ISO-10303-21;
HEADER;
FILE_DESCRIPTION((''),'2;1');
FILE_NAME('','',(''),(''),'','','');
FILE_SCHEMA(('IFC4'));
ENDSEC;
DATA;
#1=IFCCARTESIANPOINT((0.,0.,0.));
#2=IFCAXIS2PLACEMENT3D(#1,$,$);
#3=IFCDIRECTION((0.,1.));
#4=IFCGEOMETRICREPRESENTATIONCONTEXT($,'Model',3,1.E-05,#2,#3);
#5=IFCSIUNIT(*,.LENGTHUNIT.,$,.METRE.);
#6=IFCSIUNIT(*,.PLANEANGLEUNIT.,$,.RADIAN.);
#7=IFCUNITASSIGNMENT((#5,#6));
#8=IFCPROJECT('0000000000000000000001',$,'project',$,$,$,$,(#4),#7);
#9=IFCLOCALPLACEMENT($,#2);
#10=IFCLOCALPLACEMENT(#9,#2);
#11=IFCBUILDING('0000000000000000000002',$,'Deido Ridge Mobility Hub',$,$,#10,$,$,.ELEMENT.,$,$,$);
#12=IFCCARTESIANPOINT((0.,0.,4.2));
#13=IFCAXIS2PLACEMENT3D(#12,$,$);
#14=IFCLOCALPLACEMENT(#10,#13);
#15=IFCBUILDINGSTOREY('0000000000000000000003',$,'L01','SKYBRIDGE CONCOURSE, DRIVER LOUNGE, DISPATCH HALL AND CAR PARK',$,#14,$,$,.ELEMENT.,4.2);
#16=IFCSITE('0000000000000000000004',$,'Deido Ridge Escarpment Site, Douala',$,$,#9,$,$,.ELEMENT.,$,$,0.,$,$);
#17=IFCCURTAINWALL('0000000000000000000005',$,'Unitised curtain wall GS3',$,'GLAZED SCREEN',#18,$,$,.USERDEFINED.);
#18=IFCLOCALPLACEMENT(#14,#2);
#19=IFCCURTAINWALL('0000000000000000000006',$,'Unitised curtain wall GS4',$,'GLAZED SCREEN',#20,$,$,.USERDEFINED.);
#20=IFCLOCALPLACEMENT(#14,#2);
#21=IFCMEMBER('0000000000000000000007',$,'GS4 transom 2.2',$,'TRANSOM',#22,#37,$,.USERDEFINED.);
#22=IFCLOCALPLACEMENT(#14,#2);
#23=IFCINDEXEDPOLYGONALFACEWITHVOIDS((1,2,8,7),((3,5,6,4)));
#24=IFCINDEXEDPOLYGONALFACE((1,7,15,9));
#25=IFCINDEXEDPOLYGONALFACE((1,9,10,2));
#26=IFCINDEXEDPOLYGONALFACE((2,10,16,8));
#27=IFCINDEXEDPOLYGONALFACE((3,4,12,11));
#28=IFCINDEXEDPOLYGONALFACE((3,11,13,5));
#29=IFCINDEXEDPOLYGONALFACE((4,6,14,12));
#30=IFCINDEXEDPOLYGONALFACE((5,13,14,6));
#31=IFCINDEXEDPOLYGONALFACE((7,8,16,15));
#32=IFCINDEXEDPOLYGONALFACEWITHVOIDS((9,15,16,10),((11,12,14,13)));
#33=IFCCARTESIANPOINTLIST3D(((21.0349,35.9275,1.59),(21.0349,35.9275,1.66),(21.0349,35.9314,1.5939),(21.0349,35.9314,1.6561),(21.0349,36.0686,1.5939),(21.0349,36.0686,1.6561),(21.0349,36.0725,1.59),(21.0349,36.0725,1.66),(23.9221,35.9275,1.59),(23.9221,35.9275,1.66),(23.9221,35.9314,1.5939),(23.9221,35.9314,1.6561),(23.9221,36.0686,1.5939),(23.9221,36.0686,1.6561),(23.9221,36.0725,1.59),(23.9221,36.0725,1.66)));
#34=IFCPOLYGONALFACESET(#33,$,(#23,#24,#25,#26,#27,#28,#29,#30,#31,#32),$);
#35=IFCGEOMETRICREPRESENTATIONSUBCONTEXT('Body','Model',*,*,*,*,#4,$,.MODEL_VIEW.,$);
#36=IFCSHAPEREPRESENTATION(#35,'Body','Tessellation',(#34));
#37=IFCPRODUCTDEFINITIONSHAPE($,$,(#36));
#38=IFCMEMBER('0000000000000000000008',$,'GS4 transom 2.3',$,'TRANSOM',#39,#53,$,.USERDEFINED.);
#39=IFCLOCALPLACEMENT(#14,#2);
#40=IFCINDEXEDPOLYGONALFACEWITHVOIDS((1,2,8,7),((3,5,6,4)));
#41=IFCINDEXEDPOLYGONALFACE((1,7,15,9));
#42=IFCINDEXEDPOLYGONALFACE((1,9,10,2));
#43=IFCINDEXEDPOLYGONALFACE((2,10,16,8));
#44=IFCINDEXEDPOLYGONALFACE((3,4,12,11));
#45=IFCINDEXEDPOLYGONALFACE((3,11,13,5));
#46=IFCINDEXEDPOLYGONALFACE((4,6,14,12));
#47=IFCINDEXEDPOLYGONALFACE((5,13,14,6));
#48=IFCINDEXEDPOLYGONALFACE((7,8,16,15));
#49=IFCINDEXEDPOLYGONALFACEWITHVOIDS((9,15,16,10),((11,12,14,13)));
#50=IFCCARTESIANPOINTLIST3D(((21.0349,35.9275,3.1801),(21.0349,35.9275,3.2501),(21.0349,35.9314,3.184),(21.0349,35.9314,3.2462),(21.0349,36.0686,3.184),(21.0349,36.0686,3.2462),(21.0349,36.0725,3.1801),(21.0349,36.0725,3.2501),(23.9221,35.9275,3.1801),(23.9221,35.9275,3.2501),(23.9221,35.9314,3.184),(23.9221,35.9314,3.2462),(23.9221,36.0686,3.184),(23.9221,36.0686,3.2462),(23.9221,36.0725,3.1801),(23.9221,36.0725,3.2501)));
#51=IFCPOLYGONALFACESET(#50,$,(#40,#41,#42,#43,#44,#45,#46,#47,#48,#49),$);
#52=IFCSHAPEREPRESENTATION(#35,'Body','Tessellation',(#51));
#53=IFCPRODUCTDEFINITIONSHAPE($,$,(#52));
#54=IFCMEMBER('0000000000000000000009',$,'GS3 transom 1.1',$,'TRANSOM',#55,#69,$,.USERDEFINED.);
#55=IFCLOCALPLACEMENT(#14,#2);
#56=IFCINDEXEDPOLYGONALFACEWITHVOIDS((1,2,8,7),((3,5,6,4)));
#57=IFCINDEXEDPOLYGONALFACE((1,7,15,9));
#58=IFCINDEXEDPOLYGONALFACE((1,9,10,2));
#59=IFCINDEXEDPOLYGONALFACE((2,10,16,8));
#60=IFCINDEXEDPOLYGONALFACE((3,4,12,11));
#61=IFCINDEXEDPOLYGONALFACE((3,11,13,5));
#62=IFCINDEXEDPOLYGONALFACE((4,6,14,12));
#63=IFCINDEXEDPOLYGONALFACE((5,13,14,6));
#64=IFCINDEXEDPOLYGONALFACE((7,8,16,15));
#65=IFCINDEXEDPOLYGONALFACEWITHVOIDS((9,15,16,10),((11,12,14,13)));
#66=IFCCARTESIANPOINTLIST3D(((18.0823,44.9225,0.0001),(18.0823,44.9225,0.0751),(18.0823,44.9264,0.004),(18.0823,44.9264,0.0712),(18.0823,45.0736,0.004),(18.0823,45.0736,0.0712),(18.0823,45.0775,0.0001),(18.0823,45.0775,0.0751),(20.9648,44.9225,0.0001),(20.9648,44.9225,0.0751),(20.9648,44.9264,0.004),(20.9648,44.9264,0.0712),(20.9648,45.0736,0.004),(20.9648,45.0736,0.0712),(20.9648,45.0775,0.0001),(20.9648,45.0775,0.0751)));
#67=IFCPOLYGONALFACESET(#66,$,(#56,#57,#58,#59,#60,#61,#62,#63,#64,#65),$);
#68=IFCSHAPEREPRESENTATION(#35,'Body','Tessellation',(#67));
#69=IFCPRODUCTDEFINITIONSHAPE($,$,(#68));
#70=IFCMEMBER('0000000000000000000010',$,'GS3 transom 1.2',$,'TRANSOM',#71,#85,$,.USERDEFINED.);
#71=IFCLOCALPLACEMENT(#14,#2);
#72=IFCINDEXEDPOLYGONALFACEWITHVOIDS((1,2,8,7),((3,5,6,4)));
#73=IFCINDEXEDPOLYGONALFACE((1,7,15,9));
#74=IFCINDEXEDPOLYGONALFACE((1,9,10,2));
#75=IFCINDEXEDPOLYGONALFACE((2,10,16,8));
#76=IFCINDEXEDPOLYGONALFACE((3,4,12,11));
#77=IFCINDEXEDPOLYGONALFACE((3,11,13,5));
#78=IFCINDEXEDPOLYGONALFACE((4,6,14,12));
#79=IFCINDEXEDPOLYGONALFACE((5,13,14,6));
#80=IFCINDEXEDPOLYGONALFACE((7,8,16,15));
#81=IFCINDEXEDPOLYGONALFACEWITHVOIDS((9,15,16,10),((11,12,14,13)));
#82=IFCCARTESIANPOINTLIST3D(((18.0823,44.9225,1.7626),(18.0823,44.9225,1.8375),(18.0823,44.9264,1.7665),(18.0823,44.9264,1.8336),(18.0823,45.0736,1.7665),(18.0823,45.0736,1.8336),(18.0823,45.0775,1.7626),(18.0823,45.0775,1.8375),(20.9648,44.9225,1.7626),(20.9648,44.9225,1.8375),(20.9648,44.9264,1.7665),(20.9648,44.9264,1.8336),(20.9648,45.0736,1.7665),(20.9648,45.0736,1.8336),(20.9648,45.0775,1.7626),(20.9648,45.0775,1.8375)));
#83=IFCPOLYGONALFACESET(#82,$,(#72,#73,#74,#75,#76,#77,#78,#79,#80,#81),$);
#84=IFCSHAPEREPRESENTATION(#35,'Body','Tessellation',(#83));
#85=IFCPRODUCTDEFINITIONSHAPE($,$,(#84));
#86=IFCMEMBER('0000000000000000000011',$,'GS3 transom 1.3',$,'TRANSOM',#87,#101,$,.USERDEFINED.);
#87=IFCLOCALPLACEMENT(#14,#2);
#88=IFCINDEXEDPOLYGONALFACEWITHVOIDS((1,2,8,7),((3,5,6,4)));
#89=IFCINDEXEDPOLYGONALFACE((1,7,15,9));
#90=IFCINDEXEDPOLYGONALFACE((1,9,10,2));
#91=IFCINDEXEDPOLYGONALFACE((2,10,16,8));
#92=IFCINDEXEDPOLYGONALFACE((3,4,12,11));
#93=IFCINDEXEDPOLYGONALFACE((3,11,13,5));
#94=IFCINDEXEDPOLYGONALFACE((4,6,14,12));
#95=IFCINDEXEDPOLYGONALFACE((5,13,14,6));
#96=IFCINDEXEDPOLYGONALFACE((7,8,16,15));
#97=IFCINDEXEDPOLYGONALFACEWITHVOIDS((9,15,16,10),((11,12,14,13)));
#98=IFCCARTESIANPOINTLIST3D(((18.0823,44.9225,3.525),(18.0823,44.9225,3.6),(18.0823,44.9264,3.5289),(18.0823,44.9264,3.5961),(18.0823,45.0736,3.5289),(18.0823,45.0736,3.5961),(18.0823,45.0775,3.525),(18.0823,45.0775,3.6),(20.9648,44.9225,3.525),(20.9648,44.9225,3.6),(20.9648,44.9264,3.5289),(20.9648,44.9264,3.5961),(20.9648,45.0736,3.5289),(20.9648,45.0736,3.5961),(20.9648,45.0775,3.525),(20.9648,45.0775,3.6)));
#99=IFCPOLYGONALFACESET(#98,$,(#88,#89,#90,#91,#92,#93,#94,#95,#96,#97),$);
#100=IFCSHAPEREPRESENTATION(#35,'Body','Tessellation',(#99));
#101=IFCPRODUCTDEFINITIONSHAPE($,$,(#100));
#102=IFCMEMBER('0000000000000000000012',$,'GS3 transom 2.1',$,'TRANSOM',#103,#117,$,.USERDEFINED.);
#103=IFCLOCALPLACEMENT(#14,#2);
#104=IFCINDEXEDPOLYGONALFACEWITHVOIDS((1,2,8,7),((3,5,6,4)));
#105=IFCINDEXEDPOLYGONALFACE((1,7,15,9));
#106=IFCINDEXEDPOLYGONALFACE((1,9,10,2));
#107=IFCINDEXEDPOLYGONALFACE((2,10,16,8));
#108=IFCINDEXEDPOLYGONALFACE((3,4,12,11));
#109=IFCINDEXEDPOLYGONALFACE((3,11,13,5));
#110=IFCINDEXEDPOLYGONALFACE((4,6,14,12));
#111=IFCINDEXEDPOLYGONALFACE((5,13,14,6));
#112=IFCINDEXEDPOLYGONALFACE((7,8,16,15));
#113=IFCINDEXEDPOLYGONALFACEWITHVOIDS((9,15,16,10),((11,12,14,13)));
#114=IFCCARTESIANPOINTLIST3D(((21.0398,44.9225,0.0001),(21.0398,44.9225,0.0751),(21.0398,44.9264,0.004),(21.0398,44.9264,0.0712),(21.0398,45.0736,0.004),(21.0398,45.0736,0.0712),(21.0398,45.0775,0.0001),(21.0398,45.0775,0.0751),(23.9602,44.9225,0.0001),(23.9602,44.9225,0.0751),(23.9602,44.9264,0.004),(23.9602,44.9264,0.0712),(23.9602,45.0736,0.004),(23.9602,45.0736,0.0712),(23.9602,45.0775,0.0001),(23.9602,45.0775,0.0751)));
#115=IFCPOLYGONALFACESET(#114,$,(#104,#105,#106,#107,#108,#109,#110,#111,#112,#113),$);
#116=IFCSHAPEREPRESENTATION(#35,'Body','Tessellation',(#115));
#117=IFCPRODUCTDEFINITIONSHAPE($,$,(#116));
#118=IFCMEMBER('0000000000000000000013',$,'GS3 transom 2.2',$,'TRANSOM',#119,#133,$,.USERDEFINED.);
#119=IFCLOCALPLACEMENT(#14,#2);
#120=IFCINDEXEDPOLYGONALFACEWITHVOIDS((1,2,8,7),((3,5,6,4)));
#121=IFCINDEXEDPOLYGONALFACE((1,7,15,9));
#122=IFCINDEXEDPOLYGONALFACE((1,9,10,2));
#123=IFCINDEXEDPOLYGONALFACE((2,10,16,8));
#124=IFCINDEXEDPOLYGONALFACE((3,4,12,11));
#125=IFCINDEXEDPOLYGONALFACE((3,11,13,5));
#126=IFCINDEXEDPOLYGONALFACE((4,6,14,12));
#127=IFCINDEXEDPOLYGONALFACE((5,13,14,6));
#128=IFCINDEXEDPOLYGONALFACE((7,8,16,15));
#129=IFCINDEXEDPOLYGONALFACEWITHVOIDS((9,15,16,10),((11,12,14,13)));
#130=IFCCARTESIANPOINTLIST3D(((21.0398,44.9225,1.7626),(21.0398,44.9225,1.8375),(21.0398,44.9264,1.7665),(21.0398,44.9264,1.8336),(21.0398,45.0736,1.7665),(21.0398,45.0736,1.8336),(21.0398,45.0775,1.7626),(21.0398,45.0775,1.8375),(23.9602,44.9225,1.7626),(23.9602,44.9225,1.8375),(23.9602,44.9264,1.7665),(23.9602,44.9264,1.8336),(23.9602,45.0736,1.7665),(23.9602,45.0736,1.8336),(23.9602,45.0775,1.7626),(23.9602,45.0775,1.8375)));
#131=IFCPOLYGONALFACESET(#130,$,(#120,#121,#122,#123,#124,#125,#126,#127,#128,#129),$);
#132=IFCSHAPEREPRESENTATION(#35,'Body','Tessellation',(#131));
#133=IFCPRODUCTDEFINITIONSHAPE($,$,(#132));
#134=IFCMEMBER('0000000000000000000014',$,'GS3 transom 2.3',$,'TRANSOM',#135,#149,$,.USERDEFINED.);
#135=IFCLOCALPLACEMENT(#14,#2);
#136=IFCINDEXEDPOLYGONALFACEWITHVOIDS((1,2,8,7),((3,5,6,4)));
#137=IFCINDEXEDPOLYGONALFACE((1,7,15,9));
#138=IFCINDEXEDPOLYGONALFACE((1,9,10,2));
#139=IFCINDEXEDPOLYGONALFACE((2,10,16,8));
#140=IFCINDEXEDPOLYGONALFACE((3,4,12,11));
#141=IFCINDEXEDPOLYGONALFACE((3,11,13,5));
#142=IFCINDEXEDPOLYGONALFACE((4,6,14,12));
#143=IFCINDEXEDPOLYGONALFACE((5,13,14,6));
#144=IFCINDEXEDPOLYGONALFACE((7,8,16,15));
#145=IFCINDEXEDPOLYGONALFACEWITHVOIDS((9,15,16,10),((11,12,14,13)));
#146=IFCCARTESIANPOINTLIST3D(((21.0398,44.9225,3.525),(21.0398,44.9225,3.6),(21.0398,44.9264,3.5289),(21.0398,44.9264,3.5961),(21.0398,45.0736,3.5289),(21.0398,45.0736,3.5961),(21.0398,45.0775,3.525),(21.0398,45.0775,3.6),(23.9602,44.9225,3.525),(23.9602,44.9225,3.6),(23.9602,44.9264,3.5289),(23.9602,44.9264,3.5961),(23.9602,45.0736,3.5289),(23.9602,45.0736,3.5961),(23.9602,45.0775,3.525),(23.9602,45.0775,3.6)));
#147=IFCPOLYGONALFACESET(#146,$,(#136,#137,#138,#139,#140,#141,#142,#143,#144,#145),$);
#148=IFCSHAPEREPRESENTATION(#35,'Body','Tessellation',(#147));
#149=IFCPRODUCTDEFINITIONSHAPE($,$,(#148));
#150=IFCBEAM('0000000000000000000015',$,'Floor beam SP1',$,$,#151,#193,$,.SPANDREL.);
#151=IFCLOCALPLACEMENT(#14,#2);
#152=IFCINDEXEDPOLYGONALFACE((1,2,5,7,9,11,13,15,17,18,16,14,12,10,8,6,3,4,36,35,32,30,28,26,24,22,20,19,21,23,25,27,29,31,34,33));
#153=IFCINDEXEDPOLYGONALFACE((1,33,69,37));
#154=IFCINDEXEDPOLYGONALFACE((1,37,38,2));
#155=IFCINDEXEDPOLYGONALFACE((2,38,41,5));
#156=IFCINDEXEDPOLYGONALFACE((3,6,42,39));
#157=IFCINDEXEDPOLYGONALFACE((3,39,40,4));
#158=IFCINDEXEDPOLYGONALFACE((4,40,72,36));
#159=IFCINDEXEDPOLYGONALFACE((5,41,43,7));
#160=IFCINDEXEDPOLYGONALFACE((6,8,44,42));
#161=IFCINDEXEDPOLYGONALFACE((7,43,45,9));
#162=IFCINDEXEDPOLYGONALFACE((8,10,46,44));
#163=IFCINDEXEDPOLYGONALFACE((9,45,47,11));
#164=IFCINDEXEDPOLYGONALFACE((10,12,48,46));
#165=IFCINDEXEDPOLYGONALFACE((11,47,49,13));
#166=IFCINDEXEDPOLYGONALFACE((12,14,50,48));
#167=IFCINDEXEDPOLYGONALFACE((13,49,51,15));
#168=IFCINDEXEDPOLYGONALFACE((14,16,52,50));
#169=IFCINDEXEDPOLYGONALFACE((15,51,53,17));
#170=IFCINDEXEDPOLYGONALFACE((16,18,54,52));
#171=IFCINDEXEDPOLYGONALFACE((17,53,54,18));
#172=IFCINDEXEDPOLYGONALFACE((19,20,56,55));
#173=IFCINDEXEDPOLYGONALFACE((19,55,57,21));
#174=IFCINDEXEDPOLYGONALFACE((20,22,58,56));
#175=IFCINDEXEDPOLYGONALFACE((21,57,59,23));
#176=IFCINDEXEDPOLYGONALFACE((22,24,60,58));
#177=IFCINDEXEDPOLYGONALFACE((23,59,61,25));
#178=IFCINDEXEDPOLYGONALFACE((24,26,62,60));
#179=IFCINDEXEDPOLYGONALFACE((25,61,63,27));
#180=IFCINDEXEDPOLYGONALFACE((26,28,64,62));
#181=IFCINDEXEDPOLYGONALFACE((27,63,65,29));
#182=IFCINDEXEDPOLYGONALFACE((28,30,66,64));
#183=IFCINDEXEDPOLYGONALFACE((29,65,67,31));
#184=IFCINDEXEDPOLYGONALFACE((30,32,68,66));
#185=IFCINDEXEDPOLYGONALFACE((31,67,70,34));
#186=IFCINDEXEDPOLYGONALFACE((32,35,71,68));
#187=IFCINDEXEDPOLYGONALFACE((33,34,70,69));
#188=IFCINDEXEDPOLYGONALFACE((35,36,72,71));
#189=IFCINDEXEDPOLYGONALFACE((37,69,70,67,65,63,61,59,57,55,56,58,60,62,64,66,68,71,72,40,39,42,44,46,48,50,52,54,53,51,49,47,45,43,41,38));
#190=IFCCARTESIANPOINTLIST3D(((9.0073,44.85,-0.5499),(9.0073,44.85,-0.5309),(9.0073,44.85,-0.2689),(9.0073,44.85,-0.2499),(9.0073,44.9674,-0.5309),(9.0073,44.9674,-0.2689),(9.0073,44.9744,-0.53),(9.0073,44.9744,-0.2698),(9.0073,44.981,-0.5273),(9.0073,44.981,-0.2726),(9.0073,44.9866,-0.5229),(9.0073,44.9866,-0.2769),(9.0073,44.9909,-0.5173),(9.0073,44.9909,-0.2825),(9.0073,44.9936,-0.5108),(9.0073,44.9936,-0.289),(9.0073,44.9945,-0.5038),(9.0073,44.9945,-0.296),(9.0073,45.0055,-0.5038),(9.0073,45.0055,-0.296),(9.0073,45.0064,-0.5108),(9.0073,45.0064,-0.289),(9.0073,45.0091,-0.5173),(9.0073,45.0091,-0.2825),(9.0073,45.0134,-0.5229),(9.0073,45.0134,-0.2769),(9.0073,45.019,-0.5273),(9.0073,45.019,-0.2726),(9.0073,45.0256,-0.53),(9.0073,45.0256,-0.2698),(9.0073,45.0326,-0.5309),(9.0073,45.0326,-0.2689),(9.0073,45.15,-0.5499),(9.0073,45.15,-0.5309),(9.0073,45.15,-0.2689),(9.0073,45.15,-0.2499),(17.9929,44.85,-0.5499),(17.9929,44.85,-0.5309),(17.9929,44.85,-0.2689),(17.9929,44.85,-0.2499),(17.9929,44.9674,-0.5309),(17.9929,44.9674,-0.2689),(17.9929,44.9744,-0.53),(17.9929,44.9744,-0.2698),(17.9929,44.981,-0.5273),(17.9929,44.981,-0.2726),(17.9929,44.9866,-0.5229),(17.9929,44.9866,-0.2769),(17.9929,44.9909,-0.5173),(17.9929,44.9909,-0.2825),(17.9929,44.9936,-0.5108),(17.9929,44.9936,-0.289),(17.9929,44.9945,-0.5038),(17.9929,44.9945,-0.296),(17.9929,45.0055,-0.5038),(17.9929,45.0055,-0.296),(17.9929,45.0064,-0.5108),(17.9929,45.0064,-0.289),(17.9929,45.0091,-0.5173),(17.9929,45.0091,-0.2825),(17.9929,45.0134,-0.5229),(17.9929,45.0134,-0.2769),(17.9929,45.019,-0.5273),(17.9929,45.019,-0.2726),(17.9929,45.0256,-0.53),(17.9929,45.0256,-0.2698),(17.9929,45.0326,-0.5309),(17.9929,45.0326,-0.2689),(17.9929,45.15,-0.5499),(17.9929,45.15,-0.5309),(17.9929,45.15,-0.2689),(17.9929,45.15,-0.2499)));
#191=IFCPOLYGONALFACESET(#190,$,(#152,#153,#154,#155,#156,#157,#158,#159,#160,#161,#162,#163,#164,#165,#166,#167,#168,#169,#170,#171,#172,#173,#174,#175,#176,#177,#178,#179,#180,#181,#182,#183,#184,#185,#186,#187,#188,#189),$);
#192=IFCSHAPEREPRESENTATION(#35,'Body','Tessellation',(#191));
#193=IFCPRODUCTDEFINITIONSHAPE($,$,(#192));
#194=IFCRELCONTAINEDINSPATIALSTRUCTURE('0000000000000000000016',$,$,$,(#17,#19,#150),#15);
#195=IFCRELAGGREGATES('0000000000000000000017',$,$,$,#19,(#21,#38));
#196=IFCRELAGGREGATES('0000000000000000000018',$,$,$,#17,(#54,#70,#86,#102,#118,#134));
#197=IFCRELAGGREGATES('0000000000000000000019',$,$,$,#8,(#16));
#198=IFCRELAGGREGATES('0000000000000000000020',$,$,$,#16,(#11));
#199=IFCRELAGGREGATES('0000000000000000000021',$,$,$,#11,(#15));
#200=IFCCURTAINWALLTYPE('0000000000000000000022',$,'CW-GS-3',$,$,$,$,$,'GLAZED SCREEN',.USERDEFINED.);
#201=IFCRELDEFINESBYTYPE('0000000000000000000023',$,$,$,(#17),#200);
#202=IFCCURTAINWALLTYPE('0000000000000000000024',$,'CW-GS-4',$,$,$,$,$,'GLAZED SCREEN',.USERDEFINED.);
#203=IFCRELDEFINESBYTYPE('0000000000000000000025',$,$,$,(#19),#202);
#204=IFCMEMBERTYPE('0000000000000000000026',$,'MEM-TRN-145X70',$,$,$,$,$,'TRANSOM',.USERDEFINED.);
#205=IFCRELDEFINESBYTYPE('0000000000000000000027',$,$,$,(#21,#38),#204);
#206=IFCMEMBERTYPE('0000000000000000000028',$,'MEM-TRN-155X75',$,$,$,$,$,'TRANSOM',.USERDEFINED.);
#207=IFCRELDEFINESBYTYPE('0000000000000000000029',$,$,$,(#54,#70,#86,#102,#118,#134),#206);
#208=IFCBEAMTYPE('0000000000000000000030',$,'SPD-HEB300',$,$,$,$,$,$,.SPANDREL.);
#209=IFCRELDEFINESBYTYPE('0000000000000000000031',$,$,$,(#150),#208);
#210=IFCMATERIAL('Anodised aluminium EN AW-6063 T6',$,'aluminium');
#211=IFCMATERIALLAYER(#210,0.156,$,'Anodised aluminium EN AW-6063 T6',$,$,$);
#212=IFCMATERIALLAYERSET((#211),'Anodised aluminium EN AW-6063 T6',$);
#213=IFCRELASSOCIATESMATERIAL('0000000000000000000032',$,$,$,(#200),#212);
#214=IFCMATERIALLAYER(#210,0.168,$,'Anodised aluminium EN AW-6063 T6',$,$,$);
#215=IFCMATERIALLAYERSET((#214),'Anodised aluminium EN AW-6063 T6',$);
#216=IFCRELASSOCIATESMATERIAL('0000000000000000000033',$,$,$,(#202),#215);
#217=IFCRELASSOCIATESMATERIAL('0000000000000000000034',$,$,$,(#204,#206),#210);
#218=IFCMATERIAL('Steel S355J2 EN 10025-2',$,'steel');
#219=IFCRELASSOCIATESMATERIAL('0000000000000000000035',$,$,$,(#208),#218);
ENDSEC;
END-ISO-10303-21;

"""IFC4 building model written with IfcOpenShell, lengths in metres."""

from ifc_helpers import new_model, si_unit, direction, frame, origin, origin_2d, place, context, subcontext, project, spatial, hollow_rectangle, i_section, extrude, material, layer, layer_set, material_profile, profile_set, type_object, element, aggregate, save


model = new_model("IFC4")

# Units and contexts
model_context = context("Model", 3, precision=1e-05, world=origin(), true_north=direction((0.0, 1.0)))
body_context = subcontext(model_context, "Body", "Model", "MODEL_VIEW")
ifc_project = project(units=[si_unit("LENGTHUNIT", "METRE"), si_unit("PLANEANGLEUNIT", "RADIAN")], contexts=[model_context])

# Site, building, storey
site_placement = place(None, origin())
site = spatial("IfcSite", under=ifc_project, at=site_placement, Name="Deido Ridge Escarpment Site, Douala", CompositionType="ELEMENT", RefElevation=0.0)
building_placement = place(site_placement, origin())
building = spatial("IfcBuilding", under=site, at=building_placement, Name="Deido Ridge Mobility Hub", CompositionType="ELEMENT")
storey_placement = place(building_placement, frame((0.0, 0.0, 4.2)))
storey = spatial("IfcBuildingStorey", under=building, at=storey_placement, Name="L01", Description="SKYBRIDGE CONCOURSE, DRIVER LOUNGE, DISPATCH HALL AND CAR PARK", CompositionType="ELEMENT", Elevation=4.2)

# Shared definitions
ifc_material_1 = material(Name="Steel S355J2 EN 10025-2", Category="steel")

# Curtain wall
ifc_material_2 = material(Name="Anodised aluminium EN AW-6063 T6", Category="aluminium")
ifc_layer_1 = layer(ifc_material_2, 0.156, Name="Anodised aluminium EN AW-6063 T6")
ifc_layer_set_1 = layer_set([ifc_layer_1], Name="Anodised aluminium EN AW-6063 T6")
curtain_wall_type_1 = type_object("IfcCurtainWallType", Name="CW-GS-3", ElementType="GLAZED SCREEN", PredefinedType="USERDEFINED", material=ifc_layer_set_1)
curtain_wall_1_placement = place(storey_placement, origin())
curtain_wall_1 = element("IfcCurtainWall", 1, at=curtain_wall_1_placement, inside=storey, type_object=curtain_wall_type_1, Name="Unitised curtain wall GS3", ObjectType="GLAZED SCREEN", PredefinedType="USERDEFINED")

# Curtain wall, members
ifc_layer_2 = layer(ifc_material_2, 0.168, Name="Anodised aluminium EN AW-6063 T6")
ifc_layer_set_2 = layer_set([ifc_layer_2], Name="Anodised aluminium EN AW-6063 T6")
curtain_wall_type_2 = type_object("IfcCurtainWallType", Name="CW-GS-4", ElementType="GLAZED SCREEN", PredefinedType="USERDEFINED", material=ifc_layer_set_2)
curtain_wall_2_placement = place(storey_placement, origin())
curtain_wall_2 = element("IfcCurtainWall", 2, at=curtain_wall_2_placement, inside=storey, type_object=curtain_wall_type_2, Name="Unitised curtain wall GS4", ObjectType="GLAZED SCREEN", PredefinedType="USERDEFINED")
ifc_material_profile_1 = material_profile(ifc_material_2, hollow_rectangle(XDim=0.145, YDim=0.0701, WallThickness=0.0039, at=origin_2d()), Name="RHS 145x70x4")
ifc_profile_set_1 = profile_set([ifc_material_profile_1], Name="Anodised aluminium EN AW-6063 T6")
member_type_1 = type_object("IfcMemberType", Name="MEM-TRN-145X70", ElementType="TRANSOM", PredefinedType="USERDEFINED", material=ifc_profile_set_1)
member_1_placement = place(storey_placement, frame((21.0349, 36.0, 1.625), z_axis=(1.0, 0.0, 0.0), x_axis=(0.0, 1.0, 0.0)))
member_1 = element("IfcMember", 3, at=member_1_placement, type_object=member_type_1, Name="GS4 transom 2.2", ObjectType="TRANSOM", PredefinedType="USERDEFINED", context=body_context, shape_type="SweptSolid", body=[
    extrude(hollow_rectangle(XDim=0.145, YDim=0.0701, WallThickness=0.0039, at=origin_2d()), origin(), (0.0, 0.0, 1.0), 2.8872),
])
member_2_placement = place(storey_placement, frame((21.0349, 36.0, 3.2151), z_axis=(1.0, 0.0, 0.0), x_axis=(0.0, 1.0, 0.0)))
member_2 = element("IfcMember", 4, at=member_2_placement, type_object=member_type_1, Name="GS4 transom 2.3", ObjectType="TRANSOM", PredefinedType="USERDEFINED", context=body_context, shape_type="SweptSolid", body=[
    extrude(hollow_rectangle(XDim=0.145, YDim=0.0701, WallThickness=0.0039, at=origin_2d()), origin(), (0.0, 0.0, 1.0), 2.8872),
])

# Members
ifc_material_profile_2 = material_profile(ifc_material_2, hollow_rectangle(XDim=0.155, YDim=0.075, WallThickness=0.0039, at=origin_2d()), Name="RHS 155x75x4")
ifc_profile_set_2 = profile_set([ifc_material_profile_2], Name="Anodised aluminium EN AW-6063 T6")
member_type_2 = type_object("IfcMemberType", Name="MEM-TRN-155X75", ElementType="TRANSOM", PredefinedType="USERDEFINED", material=ifc_profile_set_2)
member_3_placement = place(storey_placement, frame((18.0823, 45.0, 0.0376), z_axis=(1.0, 0.0, 0.0), x_axis=(0.0, 1.0, 0.0)))
member_3 = element("IfcMember", 5, at=member_3_placement, type_object=member_type_2, Name="GS3 transom 1.1", ObjectType="TRANSOM", PredefinedType="USERDEFINED", context=body_context, shape_type="SweptSolid", body=[
    extrude(hollow_rectangle(XDim=0.155, YDim=0.075, WallThickness=0.0039, at=origin_2d()), origin(), (0.0, 0.0, 1.0), 2.8826),
])
member_4_placement = place(storey_placement, frame((18.0823, 45.0, 1.8), z_axis=(1.0, 0.0, 0.0), x_axis=(0.0, 1.0, 0.0)))
member_4 = element("IfcMember", 6, at=member_4_placement, type_object=member_type_2, Name="GS3 transom 1.2", ObjectType="TRANSOM", PredefinedType="USERDEFINED", context=body_context, shape_type="SweptSolid", body=[
    extrude(hollow_rectangle(XDim=0.155, YDim=0.075, WallThickness=0.0039, at=origin_2d()), origin(), (0.0, 0.0, 1.0), 2.8826),
])
member_5_placement = place(storey_placement, frame((18.0823, 45.0, 3.5625), z_axis=(1.0, 0.0, 0.0), x_axis=(0.0, 1.0, 0.0)))
member_5 = element("IfcMember", 7, at=member_5_placement, type_object=member_type_2, Name="GS3 transom 1.3", ObjectType="TRANSOM", PredefinedType="USERDEFINED", context=body_context, shape_type="SweptSolid", body=[
    extrude(hollow_rectangle(XDim=0.155, YDim=0.075, WallThickness=0.0039, at=origin_2d()), origin(), (0.0, 0.0, 1.0), 2.8826),
])
member_6_placement = place(storey_placement, frame((21.0398, 45.0, 0.0376), z_axis=(1.0, 0.0, 0.0), x_axis=(0.0, 1.0, 0.0)))
member_6 = element("IfcMember", 8, at=member_6_placement, type_object=member_type_2, Name="GS3 transom 2.1", ObjectType="TRANSOM", PredefinedType="USERDEFINED", context=body_context, shape_type="SweptSolid", body=[
    extrude(hollow_rectangle(XDim=0.155, YDim=0.075, WallThickness=0.0039, at=origin_2d()), origin(), (0.0, 0.0, 1.0), 2.9204),
])
member_7_placement = place(storey_placement, frame((21.0398, 45.0, 1.8), z_axis=(1.0, 0.0, 0.0), x_axis=(0.0, 1.0, 0.0)))
member_7 = element("IfcMember", 9, at=member_7_placement, type_object=member_type_2, Name="GS3 transom 2.2", ObjectType="TRANSOM", PredefinedType="USERDEFINED", context=body_context, shape_type="SweptSolid", body=[
    extrude(hollow_rectangle(XDim=0.155, YDim=0.075, WallThickness=0.0039, at=origin_2d()), origin(), (0.0, 0.0, 1.0), 2.9204),
])
member_8_placement = place(storey_placement, frame((21.0398, 45.0, 3.5625), z_axis=(1.0, 0.0, 0.0), x_axis=(0.0, 1.0, 0.0)))
member_8 = element("IfcMember", 10, at=member_8_placement, type_object=member_type_2, Name="GS3 transom 2.3", ObjectType="TRANSOM", PredefinedType="USERDEFINED", context=body_context, shape_type="SweptSolid", body=[
    extrude(hollow_rectangle(XDim=0.155, YDim=0.075, WallThickness=0.0039, at=origin_2d()), origin(), (0.0, 0.0, 1.0), 2.9204),
])

# Beam
ifc_material_profile_3 = material_profile(ifc_material_1, i_section(OverallWidth=0.3, OverallDepth=0.3, WebThickness=0.011, FlangeThickness=0.019, FilletRadius=0.0271, at=origin_2d()), Name="HEB 300")
ifc_profile_set_3 = profile_set([ifc_material_profile_3], Name="Steel S355J2 EN 10025-2")
beam_type_1 = type_object("IfcBeamType", Name="SPD-HEB300", PredefinedType="SPANDREL", material=ifc_profile_set_3)
beam_1_placement = place(storey_placement, frame((9.0073, 45.0, -0.3999), z_axis=(1.0, 0.0, 0.0), x_axis=(0.0, 1.0, 0.0)))
element("IfcBeam", 11, at=beam_1_placement, inside=storey, type_object=beam_type_1, Name="Floor beam SP1", PredefinedType="SPANDREL", context=body_context, shape_type="SweptSolid", body=[
    extrude(i_section(OverallWidth=0.3, OverallDepth=0.3, WebThickness=0.011, FlangeThickness=0.019, FilletRadius=0.0271, at=origin_2d()), origin(), (0.0, 0.0, 1.0), 8.9856),
])

aggregate(curtain_wall_2, [member_1, member_2])
aggregate(curtain_wall_1, [member_3, member_4, member_5, member_6, member_7, member_8])

save(model, "model.ifc")
